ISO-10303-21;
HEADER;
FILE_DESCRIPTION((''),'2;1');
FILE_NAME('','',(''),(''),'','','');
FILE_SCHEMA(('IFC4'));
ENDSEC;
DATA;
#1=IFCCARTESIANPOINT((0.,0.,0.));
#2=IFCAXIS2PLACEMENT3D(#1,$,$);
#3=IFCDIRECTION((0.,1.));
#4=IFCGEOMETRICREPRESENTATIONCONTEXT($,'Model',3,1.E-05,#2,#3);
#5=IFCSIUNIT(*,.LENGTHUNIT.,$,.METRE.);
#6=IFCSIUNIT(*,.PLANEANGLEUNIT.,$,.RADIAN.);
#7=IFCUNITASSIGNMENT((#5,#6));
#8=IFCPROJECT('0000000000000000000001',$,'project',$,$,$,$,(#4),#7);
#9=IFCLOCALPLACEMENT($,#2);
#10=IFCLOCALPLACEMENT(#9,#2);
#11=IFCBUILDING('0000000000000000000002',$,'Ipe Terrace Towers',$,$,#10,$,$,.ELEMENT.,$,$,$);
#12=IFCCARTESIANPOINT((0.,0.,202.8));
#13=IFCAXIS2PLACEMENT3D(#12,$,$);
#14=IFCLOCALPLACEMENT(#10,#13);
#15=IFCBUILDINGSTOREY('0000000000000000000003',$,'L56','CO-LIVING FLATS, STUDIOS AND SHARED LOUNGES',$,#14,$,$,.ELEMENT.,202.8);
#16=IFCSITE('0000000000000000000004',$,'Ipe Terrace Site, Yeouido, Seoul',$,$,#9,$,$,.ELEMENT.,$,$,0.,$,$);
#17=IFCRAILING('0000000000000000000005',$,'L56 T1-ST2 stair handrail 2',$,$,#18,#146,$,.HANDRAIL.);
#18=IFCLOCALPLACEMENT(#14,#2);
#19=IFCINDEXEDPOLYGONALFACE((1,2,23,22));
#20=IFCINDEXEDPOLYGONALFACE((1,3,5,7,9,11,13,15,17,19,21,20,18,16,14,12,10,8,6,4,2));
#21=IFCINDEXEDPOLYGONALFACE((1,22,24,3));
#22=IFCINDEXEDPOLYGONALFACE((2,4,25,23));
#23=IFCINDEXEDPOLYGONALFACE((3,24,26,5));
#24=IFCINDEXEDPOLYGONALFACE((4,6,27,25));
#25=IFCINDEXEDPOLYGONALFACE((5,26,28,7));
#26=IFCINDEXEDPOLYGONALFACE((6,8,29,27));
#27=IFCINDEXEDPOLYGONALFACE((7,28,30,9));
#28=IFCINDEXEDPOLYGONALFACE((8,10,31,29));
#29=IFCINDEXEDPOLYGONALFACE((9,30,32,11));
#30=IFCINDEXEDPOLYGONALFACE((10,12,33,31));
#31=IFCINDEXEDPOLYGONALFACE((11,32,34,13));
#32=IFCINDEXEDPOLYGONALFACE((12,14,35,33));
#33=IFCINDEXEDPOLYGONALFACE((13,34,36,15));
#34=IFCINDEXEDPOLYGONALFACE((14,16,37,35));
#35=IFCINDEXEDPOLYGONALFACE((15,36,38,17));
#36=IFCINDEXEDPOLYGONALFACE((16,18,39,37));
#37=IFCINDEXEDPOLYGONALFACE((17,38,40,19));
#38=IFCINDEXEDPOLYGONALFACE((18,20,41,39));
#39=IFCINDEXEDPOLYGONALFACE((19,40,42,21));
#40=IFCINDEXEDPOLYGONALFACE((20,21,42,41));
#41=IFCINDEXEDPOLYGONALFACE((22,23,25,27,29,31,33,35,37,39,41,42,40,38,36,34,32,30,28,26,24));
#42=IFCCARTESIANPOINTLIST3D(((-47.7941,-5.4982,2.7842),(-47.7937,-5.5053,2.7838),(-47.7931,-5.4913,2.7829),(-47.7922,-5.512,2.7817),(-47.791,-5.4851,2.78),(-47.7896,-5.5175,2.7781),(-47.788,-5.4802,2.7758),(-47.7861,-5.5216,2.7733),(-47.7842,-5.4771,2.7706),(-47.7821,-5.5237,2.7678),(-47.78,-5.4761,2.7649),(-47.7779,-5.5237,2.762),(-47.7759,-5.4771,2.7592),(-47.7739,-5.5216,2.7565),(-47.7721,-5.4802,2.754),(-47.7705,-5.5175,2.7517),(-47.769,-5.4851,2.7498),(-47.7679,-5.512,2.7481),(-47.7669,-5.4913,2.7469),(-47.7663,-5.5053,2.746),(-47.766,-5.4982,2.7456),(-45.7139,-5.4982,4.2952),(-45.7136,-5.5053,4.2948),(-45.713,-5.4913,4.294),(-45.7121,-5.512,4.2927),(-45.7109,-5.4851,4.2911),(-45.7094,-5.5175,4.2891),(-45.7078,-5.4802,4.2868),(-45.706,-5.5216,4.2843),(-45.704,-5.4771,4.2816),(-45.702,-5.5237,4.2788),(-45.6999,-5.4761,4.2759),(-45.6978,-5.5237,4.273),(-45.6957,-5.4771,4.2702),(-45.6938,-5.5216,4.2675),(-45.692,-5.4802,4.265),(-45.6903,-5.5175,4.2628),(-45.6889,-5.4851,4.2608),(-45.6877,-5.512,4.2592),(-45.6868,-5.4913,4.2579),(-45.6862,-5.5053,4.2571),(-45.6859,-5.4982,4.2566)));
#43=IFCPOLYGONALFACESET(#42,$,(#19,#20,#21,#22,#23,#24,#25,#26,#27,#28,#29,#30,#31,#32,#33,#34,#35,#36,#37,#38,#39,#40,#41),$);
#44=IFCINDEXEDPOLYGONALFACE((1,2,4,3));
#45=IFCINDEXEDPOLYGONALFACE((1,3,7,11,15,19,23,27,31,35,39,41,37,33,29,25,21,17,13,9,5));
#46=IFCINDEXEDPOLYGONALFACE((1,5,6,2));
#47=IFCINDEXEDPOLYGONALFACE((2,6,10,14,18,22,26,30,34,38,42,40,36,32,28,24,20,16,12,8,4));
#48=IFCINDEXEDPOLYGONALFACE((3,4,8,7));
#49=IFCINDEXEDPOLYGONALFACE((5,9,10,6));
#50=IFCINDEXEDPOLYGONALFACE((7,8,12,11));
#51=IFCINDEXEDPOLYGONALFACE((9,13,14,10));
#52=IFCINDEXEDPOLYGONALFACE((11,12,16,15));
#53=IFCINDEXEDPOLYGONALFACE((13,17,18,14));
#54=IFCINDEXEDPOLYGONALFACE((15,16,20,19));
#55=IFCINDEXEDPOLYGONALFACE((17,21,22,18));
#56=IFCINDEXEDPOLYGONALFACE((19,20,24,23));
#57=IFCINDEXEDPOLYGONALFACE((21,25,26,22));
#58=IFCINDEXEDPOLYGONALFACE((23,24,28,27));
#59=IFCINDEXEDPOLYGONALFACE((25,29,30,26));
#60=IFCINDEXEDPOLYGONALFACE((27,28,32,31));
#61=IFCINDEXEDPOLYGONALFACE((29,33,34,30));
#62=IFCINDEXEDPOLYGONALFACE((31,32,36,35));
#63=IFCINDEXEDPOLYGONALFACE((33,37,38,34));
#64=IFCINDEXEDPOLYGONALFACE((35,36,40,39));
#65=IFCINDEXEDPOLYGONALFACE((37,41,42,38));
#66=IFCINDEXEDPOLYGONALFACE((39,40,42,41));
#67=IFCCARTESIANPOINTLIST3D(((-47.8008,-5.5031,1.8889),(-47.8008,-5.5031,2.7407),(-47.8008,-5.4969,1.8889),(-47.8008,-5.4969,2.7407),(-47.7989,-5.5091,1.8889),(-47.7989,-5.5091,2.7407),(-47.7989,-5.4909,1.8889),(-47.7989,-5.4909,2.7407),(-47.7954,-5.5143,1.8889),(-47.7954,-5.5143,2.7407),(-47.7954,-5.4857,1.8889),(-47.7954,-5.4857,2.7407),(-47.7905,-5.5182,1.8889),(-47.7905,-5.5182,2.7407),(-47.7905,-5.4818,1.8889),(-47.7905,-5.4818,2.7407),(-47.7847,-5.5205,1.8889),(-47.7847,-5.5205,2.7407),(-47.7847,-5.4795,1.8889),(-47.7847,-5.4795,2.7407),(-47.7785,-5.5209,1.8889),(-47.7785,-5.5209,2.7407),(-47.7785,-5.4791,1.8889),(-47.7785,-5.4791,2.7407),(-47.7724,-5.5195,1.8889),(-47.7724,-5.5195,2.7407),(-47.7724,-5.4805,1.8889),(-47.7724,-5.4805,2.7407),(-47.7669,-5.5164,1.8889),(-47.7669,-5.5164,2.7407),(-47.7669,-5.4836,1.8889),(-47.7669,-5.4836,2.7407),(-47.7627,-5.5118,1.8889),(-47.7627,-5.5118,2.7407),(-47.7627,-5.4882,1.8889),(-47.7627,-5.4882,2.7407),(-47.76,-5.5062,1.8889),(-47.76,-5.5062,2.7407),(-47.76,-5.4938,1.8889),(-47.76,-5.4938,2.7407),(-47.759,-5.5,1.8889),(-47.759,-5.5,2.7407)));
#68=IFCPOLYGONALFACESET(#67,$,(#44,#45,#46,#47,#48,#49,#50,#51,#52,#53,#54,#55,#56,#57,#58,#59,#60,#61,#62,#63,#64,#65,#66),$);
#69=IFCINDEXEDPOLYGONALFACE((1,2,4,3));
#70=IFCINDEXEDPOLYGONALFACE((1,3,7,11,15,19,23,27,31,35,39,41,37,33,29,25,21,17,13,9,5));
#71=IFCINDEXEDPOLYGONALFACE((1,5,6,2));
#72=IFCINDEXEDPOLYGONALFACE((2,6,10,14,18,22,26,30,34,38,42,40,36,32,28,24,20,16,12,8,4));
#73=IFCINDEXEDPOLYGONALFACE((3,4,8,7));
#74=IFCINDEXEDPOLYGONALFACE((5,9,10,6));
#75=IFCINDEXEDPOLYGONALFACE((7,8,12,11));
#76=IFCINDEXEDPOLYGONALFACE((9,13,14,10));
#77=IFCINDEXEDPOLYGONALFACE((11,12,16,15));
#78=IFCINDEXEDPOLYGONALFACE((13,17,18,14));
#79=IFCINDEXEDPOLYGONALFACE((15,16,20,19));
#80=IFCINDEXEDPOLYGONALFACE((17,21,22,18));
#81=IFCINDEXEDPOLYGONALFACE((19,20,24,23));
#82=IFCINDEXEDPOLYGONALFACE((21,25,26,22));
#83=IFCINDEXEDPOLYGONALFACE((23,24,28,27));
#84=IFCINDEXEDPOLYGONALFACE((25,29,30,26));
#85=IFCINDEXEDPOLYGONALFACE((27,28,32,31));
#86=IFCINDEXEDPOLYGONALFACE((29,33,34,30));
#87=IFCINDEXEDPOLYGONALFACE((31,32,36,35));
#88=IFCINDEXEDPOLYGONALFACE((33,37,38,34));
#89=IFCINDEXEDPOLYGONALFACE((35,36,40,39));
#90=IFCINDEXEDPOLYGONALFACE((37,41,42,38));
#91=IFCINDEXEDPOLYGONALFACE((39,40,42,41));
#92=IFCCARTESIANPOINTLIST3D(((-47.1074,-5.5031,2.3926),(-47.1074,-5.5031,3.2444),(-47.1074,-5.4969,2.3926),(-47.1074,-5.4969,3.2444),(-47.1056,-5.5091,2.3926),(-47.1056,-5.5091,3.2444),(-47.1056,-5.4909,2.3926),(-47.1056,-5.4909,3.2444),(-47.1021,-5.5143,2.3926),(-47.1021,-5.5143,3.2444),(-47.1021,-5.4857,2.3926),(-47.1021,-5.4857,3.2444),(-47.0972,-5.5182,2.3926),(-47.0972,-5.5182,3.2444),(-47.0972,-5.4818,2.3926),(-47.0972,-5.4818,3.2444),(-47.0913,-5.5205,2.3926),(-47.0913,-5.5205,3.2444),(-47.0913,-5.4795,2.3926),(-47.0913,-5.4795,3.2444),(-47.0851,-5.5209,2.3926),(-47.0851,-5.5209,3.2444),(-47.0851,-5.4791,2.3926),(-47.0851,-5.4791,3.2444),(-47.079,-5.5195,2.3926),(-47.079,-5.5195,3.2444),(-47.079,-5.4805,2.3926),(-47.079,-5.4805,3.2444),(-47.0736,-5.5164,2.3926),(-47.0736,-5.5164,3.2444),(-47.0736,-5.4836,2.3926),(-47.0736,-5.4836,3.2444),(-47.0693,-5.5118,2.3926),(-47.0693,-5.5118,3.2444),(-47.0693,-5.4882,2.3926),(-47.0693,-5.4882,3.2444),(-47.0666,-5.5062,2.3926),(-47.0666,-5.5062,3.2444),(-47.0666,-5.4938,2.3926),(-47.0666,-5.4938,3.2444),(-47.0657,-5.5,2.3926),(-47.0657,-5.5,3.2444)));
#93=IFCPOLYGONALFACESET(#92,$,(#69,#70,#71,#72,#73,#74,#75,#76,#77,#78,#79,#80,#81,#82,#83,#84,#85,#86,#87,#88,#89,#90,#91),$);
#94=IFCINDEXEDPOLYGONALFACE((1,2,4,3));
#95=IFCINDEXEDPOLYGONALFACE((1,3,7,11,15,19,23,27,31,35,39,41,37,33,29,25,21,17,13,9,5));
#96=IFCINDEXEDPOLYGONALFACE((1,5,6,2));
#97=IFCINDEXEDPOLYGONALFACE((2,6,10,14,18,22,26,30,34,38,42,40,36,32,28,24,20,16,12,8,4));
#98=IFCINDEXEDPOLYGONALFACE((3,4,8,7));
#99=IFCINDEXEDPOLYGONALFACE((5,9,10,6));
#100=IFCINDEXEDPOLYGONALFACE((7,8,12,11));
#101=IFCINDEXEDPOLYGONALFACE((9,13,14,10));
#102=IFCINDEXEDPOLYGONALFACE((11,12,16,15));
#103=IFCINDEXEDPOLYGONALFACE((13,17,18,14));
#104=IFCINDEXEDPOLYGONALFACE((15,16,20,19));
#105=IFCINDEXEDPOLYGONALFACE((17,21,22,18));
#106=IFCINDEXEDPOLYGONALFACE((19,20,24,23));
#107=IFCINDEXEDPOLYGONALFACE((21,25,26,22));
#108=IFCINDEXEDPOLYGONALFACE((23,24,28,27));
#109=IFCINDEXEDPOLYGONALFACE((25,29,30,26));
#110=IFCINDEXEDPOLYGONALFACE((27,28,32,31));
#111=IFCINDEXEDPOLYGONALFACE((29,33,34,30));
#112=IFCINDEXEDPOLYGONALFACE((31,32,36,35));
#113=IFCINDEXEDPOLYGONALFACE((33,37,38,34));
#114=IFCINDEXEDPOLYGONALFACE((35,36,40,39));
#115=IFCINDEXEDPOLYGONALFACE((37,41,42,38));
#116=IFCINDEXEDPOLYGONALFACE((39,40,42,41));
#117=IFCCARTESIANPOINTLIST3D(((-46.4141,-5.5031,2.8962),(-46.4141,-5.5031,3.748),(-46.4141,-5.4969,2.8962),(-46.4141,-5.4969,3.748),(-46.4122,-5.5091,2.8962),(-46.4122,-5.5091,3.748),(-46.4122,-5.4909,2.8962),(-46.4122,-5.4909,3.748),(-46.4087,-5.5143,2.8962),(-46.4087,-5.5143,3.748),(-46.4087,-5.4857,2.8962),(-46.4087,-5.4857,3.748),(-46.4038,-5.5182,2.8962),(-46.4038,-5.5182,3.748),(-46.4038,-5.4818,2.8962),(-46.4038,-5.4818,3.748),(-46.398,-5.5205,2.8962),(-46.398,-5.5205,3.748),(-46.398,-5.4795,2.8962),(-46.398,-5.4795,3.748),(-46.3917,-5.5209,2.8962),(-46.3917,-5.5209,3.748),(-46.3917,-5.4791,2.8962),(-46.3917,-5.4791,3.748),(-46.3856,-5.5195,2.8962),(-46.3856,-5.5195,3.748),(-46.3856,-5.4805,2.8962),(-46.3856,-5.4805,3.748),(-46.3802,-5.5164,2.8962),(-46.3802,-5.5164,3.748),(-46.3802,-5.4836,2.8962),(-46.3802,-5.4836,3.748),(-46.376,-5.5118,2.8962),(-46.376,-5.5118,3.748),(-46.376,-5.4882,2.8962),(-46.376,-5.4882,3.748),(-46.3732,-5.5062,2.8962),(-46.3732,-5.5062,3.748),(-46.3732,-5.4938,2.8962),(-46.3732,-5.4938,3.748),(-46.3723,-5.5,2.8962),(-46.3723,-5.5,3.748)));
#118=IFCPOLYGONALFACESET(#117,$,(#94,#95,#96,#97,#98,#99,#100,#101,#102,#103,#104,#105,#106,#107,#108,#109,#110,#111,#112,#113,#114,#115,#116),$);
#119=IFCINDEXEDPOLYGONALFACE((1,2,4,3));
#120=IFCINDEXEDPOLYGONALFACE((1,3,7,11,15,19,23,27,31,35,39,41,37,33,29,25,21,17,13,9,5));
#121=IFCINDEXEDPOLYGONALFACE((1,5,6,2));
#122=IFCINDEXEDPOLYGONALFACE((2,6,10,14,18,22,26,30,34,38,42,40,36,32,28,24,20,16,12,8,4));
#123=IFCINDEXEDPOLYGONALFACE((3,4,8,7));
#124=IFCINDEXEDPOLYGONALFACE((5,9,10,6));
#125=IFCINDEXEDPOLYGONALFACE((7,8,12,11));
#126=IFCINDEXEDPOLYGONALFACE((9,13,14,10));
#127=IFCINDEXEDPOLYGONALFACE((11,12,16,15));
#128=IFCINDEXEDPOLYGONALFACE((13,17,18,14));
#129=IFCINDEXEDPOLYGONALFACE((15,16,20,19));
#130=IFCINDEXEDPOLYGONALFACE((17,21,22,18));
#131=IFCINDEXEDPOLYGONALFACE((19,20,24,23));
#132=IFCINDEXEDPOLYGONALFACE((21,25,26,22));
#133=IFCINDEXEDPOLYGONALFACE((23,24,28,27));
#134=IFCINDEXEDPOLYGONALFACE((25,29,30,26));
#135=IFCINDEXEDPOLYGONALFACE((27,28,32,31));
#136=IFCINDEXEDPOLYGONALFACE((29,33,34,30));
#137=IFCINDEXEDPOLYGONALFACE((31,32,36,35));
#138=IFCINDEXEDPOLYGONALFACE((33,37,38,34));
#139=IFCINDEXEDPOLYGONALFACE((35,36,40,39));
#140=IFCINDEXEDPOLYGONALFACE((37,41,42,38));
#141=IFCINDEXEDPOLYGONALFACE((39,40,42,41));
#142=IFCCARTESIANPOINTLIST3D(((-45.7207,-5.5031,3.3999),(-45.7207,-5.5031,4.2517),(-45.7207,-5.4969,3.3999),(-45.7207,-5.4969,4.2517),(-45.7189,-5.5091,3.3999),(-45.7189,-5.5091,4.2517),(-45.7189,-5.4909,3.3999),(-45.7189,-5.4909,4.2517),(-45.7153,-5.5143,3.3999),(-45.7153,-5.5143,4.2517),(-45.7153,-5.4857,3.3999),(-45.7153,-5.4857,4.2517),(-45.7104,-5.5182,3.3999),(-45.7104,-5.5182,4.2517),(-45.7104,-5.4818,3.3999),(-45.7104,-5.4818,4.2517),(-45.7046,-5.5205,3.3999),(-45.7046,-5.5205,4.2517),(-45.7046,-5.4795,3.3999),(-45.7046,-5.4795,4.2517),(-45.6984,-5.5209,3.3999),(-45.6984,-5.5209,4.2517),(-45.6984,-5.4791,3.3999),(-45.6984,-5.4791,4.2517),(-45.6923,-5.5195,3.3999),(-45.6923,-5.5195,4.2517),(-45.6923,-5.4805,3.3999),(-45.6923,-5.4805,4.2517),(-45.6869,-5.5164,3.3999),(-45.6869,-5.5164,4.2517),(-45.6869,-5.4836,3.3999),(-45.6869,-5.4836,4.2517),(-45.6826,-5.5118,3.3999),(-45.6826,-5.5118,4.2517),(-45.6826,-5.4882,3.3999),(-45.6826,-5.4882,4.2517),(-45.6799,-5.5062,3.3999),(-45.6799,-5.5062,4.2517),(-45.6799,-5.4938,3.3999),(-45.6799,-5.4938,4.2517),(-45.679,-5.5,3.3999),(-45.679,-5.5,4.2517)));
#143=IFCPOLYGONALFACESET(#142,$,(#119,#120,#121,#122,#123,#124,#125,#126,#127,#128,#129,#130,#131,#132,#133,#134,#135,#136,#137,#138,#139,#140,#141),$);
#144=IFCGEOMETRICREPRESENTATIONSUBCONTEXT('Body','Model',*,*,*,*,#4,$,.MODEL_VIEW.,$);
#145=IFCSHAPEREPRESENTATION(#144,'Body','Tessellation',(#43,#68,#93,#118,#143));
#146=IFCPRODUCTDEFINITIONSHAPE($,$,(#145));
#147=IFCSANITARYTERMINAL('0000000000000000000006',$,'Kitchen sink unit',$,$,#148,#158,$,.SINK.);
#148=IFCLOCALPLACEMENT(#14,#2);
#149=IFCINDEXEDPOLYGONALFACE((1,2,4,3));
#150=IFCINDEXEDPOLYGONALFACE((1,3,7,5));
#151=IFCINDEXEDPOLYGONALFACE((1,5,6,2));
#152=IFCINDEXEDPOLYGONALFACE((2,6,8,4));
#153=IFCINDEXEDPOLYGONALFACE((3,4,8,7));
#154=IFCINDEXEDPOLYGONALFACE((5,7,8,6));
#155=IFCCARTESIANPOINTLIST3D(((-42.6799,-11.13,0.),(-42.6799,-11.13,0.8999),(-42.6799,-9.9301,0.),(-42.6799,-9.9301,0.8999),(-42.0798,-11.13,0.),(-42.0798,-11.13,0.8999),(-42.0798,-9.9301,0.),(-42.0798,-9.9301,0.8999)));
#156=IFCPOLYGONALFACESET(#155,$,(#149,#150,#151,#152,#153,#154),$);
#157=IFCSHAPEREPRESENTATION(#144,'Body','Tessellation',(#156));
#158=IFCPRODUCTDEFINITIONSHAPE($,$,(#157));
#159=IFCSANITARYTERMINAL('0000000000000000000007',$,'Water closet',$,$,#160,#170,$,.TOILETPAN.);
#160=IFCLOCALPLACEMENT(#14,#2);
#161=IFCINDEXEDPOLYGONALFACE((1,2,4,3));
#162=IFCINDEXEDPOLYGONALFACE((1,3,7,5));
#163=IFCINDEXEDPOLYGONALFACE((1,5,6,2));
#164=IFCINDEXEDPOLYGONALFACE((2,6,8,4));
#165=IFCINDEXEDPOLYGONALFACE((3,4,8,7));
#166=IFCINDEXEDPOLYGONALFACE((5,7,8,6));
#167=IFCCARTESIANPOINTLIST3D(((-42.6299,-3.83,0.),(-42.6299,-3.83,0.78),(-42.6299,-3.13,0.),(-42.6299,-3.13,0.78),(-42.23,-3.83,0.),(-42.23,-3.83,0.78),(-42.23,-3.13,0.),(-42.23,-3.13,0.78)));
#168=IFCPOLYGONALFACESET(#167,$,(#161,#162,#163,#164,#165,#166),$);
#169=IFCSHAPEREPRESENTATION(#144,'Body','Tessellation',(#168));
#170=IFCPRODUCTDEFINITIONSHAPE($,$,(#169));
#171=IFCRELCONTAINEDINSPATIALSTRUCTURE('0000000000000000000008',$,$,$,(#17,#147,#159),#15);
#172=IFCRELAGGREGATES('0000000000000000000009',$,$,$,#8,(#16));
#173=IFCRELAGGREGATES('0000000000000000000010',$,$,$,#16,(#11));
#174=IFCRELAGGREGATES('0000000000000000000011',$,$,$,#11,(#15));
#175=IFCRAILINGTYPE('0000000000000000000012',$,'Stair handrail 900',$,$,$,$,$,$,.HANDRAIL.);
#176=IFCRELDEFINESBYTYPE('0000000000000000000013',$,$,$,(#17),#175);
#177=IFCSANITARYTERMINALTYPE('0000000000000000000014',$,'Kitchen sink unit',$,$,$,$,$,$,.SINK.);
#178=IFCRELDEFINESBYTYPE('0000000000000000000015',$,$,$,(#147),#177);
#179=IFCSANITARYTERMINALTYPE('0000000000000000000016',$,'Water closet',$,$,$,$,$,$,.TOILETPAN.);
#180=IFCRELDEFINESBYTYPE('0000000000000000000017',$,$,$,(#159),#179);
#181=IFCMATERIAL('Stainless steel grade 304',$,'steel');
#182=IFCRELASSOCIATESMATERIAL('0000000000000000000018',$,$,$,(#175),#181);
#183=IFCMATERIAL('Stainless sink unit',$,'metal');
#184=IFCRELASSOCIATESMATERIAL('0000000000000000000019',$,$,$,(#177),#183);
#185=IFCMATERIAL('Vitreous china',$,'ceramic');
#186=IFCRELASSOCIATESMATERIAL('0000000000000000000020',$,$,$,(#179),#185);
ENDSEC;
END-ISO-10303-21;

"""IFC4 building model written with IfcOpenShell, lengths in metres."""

from ifc_helpers import new_model, si_unit, direction, frame, origin, origin_2d, place, context, subcontext, project, spatial, rectangle, circle, extrude, material, type_object, element, save


model = new_model("IFC4")

# Units and contexts
model_context = context("Model", 3, precision=1e-05, world=origin(), true_north=direction((0.0, 1.0)))
body_context = subcontext(model_context, "Body", "Model", "MODEL_VIEW")
ifc_project = project(units=[si_unit("LENGTHUNIT", "METRE"), si_unit("PLANEANGLEUNIT", "RADIAN")], contexts=[model_context])

# Site, building, storey
site_placement = place(None, origin())
site = spatial("IfcSite", under=ifc_project, at=site_placement, Name="Ipe Terrace Site, Yeouido, Seoul", CompositionType="ELEMENT", RefElevation=0.0)
building_placement = place(site_placement, origin())
building = spatial("IfcBuilding", under=site, at=building_placement, Name="Ipe Terrace Towers", CompositionType="ELEMENT")
storey_placement = place(building_placement, frame((0.0, 0.0, 202.8)))
storey = spatial("IfcBuildingStorey", under=building, at=storey_placement, Name="L56", Description="CO-LIVING FLATS, STUDIOS AND SHARED LOUNGES", CompositionType="ELEMENT", Elevation=202.8)

# Railing
ifc_material_1 = material(Name="Stainless steel grade 304", Category="steel")
railing_type_1 = type_object("IfcRailingType", Name="Stair handrail 900", PredefinedType="HANDRAIL", material=ifc_material_1)
railing_1_placement = place(storey_placement, frame((-47.78, -5.5, 1.8889)))
element("IfcRailing", 1, at=railing_1_placement, inside=storey, type_object=railing_type_1, Name="L56 T1-ST2 stair handrail 2", PredefinedType="HANDRAIL", context=body_context, shape_type="SweptSolid", body=[
    extrude(circle(Radius=0.0239, at=origin_2d()), frame((0.0, 0.0, 0.876), z_axis=(0.809069, 0.0, 0.587714), x_axis=(0.0, 1.0, 0.0)), (0.0, 0.0, 1.0), 2.571),
    extrude(circle(Radius=0.021, at=origin_2d()), origin(), (0.0, 0.0, 1.0), 0.8518),
    extrude(circle(Radius=0.021, at=origin_2d()), frame((0.6934, 0.0, 0.5037)), (0.0, 0.0, 1.0), 0.8518),
    extrude(circle(Radius=0.021, at=origin_2d()), frame((1.3867, 0.0, 1.0073)), (0.0, 0.0, 1.0), 0.8518),
    extrude(circle(Radius=0.021, at=origin_2d()), frame((2.0801, 0.0, 1.511)), (0.0, 0.0, 1.0), 0.8518),
])

# Sanitary terminals
ifc_material_2 = material(Name="Stainless sink unit", Category="metal")
sanitary_terminal_type_1 = type_object("IfcSanitaryTerminalType", Name="Kitchen sink unit", PredefinedType="SINK", material=ifc_material_2)
sanitary_terminal_1_placement = place(storey_placement, frame((-42.3799, -10.53, 0.0), z_axis=(0.0, 0.0, 1.0), x_axis=(0.0, 1.0, 0.0)))
element("IfcSanitaryTerminal", 2, at=sanitary_terminal_1_placement, inside=storey, type_object=sanitary_terminal_type_1, Name="Kitchen sink unit", PredefinedType="SINK", context=body_context, shape_type="SweptSolid", body=[
    extrude(rectangle(XDim=1.2, YDim=0.6001, at=origin_2d()), origin(), (0.0, 0.0, 1.0), 0.8999),
])
ifc_material_3 = material(Name="Vitreous china", Category="ceramic")
sanitary_terminal_type_2 = type_object("IfcSanitaryTerminalType", Name="Water closet", PredefinedType="TOILETPAN", material=ifc_material_3)
sanitary_terminal_2_placement = place(storey_placement, frame((-42.4299, -3.48, 0.0), z_axis=(0.0, 0.0, 1.0), x_axis=(0.0, 1.0, 0.0)))
element("IfcSanitaryTerminal", 3, at=sanitary_terminal_2_placement, inside=storey, type_object=sanitary_terminal_type_2, Name="Water closet", PredefinedType="TOILETPAN", context=body_context, shape_type="SweptSolid", body=[
    extrude(rectangle(XDim=0.7, YDim=0.3999, at=origin_2d()), origin(), (0.0, 0.0, 1.0), 0.78),
])

save(model, "model.ifc")
